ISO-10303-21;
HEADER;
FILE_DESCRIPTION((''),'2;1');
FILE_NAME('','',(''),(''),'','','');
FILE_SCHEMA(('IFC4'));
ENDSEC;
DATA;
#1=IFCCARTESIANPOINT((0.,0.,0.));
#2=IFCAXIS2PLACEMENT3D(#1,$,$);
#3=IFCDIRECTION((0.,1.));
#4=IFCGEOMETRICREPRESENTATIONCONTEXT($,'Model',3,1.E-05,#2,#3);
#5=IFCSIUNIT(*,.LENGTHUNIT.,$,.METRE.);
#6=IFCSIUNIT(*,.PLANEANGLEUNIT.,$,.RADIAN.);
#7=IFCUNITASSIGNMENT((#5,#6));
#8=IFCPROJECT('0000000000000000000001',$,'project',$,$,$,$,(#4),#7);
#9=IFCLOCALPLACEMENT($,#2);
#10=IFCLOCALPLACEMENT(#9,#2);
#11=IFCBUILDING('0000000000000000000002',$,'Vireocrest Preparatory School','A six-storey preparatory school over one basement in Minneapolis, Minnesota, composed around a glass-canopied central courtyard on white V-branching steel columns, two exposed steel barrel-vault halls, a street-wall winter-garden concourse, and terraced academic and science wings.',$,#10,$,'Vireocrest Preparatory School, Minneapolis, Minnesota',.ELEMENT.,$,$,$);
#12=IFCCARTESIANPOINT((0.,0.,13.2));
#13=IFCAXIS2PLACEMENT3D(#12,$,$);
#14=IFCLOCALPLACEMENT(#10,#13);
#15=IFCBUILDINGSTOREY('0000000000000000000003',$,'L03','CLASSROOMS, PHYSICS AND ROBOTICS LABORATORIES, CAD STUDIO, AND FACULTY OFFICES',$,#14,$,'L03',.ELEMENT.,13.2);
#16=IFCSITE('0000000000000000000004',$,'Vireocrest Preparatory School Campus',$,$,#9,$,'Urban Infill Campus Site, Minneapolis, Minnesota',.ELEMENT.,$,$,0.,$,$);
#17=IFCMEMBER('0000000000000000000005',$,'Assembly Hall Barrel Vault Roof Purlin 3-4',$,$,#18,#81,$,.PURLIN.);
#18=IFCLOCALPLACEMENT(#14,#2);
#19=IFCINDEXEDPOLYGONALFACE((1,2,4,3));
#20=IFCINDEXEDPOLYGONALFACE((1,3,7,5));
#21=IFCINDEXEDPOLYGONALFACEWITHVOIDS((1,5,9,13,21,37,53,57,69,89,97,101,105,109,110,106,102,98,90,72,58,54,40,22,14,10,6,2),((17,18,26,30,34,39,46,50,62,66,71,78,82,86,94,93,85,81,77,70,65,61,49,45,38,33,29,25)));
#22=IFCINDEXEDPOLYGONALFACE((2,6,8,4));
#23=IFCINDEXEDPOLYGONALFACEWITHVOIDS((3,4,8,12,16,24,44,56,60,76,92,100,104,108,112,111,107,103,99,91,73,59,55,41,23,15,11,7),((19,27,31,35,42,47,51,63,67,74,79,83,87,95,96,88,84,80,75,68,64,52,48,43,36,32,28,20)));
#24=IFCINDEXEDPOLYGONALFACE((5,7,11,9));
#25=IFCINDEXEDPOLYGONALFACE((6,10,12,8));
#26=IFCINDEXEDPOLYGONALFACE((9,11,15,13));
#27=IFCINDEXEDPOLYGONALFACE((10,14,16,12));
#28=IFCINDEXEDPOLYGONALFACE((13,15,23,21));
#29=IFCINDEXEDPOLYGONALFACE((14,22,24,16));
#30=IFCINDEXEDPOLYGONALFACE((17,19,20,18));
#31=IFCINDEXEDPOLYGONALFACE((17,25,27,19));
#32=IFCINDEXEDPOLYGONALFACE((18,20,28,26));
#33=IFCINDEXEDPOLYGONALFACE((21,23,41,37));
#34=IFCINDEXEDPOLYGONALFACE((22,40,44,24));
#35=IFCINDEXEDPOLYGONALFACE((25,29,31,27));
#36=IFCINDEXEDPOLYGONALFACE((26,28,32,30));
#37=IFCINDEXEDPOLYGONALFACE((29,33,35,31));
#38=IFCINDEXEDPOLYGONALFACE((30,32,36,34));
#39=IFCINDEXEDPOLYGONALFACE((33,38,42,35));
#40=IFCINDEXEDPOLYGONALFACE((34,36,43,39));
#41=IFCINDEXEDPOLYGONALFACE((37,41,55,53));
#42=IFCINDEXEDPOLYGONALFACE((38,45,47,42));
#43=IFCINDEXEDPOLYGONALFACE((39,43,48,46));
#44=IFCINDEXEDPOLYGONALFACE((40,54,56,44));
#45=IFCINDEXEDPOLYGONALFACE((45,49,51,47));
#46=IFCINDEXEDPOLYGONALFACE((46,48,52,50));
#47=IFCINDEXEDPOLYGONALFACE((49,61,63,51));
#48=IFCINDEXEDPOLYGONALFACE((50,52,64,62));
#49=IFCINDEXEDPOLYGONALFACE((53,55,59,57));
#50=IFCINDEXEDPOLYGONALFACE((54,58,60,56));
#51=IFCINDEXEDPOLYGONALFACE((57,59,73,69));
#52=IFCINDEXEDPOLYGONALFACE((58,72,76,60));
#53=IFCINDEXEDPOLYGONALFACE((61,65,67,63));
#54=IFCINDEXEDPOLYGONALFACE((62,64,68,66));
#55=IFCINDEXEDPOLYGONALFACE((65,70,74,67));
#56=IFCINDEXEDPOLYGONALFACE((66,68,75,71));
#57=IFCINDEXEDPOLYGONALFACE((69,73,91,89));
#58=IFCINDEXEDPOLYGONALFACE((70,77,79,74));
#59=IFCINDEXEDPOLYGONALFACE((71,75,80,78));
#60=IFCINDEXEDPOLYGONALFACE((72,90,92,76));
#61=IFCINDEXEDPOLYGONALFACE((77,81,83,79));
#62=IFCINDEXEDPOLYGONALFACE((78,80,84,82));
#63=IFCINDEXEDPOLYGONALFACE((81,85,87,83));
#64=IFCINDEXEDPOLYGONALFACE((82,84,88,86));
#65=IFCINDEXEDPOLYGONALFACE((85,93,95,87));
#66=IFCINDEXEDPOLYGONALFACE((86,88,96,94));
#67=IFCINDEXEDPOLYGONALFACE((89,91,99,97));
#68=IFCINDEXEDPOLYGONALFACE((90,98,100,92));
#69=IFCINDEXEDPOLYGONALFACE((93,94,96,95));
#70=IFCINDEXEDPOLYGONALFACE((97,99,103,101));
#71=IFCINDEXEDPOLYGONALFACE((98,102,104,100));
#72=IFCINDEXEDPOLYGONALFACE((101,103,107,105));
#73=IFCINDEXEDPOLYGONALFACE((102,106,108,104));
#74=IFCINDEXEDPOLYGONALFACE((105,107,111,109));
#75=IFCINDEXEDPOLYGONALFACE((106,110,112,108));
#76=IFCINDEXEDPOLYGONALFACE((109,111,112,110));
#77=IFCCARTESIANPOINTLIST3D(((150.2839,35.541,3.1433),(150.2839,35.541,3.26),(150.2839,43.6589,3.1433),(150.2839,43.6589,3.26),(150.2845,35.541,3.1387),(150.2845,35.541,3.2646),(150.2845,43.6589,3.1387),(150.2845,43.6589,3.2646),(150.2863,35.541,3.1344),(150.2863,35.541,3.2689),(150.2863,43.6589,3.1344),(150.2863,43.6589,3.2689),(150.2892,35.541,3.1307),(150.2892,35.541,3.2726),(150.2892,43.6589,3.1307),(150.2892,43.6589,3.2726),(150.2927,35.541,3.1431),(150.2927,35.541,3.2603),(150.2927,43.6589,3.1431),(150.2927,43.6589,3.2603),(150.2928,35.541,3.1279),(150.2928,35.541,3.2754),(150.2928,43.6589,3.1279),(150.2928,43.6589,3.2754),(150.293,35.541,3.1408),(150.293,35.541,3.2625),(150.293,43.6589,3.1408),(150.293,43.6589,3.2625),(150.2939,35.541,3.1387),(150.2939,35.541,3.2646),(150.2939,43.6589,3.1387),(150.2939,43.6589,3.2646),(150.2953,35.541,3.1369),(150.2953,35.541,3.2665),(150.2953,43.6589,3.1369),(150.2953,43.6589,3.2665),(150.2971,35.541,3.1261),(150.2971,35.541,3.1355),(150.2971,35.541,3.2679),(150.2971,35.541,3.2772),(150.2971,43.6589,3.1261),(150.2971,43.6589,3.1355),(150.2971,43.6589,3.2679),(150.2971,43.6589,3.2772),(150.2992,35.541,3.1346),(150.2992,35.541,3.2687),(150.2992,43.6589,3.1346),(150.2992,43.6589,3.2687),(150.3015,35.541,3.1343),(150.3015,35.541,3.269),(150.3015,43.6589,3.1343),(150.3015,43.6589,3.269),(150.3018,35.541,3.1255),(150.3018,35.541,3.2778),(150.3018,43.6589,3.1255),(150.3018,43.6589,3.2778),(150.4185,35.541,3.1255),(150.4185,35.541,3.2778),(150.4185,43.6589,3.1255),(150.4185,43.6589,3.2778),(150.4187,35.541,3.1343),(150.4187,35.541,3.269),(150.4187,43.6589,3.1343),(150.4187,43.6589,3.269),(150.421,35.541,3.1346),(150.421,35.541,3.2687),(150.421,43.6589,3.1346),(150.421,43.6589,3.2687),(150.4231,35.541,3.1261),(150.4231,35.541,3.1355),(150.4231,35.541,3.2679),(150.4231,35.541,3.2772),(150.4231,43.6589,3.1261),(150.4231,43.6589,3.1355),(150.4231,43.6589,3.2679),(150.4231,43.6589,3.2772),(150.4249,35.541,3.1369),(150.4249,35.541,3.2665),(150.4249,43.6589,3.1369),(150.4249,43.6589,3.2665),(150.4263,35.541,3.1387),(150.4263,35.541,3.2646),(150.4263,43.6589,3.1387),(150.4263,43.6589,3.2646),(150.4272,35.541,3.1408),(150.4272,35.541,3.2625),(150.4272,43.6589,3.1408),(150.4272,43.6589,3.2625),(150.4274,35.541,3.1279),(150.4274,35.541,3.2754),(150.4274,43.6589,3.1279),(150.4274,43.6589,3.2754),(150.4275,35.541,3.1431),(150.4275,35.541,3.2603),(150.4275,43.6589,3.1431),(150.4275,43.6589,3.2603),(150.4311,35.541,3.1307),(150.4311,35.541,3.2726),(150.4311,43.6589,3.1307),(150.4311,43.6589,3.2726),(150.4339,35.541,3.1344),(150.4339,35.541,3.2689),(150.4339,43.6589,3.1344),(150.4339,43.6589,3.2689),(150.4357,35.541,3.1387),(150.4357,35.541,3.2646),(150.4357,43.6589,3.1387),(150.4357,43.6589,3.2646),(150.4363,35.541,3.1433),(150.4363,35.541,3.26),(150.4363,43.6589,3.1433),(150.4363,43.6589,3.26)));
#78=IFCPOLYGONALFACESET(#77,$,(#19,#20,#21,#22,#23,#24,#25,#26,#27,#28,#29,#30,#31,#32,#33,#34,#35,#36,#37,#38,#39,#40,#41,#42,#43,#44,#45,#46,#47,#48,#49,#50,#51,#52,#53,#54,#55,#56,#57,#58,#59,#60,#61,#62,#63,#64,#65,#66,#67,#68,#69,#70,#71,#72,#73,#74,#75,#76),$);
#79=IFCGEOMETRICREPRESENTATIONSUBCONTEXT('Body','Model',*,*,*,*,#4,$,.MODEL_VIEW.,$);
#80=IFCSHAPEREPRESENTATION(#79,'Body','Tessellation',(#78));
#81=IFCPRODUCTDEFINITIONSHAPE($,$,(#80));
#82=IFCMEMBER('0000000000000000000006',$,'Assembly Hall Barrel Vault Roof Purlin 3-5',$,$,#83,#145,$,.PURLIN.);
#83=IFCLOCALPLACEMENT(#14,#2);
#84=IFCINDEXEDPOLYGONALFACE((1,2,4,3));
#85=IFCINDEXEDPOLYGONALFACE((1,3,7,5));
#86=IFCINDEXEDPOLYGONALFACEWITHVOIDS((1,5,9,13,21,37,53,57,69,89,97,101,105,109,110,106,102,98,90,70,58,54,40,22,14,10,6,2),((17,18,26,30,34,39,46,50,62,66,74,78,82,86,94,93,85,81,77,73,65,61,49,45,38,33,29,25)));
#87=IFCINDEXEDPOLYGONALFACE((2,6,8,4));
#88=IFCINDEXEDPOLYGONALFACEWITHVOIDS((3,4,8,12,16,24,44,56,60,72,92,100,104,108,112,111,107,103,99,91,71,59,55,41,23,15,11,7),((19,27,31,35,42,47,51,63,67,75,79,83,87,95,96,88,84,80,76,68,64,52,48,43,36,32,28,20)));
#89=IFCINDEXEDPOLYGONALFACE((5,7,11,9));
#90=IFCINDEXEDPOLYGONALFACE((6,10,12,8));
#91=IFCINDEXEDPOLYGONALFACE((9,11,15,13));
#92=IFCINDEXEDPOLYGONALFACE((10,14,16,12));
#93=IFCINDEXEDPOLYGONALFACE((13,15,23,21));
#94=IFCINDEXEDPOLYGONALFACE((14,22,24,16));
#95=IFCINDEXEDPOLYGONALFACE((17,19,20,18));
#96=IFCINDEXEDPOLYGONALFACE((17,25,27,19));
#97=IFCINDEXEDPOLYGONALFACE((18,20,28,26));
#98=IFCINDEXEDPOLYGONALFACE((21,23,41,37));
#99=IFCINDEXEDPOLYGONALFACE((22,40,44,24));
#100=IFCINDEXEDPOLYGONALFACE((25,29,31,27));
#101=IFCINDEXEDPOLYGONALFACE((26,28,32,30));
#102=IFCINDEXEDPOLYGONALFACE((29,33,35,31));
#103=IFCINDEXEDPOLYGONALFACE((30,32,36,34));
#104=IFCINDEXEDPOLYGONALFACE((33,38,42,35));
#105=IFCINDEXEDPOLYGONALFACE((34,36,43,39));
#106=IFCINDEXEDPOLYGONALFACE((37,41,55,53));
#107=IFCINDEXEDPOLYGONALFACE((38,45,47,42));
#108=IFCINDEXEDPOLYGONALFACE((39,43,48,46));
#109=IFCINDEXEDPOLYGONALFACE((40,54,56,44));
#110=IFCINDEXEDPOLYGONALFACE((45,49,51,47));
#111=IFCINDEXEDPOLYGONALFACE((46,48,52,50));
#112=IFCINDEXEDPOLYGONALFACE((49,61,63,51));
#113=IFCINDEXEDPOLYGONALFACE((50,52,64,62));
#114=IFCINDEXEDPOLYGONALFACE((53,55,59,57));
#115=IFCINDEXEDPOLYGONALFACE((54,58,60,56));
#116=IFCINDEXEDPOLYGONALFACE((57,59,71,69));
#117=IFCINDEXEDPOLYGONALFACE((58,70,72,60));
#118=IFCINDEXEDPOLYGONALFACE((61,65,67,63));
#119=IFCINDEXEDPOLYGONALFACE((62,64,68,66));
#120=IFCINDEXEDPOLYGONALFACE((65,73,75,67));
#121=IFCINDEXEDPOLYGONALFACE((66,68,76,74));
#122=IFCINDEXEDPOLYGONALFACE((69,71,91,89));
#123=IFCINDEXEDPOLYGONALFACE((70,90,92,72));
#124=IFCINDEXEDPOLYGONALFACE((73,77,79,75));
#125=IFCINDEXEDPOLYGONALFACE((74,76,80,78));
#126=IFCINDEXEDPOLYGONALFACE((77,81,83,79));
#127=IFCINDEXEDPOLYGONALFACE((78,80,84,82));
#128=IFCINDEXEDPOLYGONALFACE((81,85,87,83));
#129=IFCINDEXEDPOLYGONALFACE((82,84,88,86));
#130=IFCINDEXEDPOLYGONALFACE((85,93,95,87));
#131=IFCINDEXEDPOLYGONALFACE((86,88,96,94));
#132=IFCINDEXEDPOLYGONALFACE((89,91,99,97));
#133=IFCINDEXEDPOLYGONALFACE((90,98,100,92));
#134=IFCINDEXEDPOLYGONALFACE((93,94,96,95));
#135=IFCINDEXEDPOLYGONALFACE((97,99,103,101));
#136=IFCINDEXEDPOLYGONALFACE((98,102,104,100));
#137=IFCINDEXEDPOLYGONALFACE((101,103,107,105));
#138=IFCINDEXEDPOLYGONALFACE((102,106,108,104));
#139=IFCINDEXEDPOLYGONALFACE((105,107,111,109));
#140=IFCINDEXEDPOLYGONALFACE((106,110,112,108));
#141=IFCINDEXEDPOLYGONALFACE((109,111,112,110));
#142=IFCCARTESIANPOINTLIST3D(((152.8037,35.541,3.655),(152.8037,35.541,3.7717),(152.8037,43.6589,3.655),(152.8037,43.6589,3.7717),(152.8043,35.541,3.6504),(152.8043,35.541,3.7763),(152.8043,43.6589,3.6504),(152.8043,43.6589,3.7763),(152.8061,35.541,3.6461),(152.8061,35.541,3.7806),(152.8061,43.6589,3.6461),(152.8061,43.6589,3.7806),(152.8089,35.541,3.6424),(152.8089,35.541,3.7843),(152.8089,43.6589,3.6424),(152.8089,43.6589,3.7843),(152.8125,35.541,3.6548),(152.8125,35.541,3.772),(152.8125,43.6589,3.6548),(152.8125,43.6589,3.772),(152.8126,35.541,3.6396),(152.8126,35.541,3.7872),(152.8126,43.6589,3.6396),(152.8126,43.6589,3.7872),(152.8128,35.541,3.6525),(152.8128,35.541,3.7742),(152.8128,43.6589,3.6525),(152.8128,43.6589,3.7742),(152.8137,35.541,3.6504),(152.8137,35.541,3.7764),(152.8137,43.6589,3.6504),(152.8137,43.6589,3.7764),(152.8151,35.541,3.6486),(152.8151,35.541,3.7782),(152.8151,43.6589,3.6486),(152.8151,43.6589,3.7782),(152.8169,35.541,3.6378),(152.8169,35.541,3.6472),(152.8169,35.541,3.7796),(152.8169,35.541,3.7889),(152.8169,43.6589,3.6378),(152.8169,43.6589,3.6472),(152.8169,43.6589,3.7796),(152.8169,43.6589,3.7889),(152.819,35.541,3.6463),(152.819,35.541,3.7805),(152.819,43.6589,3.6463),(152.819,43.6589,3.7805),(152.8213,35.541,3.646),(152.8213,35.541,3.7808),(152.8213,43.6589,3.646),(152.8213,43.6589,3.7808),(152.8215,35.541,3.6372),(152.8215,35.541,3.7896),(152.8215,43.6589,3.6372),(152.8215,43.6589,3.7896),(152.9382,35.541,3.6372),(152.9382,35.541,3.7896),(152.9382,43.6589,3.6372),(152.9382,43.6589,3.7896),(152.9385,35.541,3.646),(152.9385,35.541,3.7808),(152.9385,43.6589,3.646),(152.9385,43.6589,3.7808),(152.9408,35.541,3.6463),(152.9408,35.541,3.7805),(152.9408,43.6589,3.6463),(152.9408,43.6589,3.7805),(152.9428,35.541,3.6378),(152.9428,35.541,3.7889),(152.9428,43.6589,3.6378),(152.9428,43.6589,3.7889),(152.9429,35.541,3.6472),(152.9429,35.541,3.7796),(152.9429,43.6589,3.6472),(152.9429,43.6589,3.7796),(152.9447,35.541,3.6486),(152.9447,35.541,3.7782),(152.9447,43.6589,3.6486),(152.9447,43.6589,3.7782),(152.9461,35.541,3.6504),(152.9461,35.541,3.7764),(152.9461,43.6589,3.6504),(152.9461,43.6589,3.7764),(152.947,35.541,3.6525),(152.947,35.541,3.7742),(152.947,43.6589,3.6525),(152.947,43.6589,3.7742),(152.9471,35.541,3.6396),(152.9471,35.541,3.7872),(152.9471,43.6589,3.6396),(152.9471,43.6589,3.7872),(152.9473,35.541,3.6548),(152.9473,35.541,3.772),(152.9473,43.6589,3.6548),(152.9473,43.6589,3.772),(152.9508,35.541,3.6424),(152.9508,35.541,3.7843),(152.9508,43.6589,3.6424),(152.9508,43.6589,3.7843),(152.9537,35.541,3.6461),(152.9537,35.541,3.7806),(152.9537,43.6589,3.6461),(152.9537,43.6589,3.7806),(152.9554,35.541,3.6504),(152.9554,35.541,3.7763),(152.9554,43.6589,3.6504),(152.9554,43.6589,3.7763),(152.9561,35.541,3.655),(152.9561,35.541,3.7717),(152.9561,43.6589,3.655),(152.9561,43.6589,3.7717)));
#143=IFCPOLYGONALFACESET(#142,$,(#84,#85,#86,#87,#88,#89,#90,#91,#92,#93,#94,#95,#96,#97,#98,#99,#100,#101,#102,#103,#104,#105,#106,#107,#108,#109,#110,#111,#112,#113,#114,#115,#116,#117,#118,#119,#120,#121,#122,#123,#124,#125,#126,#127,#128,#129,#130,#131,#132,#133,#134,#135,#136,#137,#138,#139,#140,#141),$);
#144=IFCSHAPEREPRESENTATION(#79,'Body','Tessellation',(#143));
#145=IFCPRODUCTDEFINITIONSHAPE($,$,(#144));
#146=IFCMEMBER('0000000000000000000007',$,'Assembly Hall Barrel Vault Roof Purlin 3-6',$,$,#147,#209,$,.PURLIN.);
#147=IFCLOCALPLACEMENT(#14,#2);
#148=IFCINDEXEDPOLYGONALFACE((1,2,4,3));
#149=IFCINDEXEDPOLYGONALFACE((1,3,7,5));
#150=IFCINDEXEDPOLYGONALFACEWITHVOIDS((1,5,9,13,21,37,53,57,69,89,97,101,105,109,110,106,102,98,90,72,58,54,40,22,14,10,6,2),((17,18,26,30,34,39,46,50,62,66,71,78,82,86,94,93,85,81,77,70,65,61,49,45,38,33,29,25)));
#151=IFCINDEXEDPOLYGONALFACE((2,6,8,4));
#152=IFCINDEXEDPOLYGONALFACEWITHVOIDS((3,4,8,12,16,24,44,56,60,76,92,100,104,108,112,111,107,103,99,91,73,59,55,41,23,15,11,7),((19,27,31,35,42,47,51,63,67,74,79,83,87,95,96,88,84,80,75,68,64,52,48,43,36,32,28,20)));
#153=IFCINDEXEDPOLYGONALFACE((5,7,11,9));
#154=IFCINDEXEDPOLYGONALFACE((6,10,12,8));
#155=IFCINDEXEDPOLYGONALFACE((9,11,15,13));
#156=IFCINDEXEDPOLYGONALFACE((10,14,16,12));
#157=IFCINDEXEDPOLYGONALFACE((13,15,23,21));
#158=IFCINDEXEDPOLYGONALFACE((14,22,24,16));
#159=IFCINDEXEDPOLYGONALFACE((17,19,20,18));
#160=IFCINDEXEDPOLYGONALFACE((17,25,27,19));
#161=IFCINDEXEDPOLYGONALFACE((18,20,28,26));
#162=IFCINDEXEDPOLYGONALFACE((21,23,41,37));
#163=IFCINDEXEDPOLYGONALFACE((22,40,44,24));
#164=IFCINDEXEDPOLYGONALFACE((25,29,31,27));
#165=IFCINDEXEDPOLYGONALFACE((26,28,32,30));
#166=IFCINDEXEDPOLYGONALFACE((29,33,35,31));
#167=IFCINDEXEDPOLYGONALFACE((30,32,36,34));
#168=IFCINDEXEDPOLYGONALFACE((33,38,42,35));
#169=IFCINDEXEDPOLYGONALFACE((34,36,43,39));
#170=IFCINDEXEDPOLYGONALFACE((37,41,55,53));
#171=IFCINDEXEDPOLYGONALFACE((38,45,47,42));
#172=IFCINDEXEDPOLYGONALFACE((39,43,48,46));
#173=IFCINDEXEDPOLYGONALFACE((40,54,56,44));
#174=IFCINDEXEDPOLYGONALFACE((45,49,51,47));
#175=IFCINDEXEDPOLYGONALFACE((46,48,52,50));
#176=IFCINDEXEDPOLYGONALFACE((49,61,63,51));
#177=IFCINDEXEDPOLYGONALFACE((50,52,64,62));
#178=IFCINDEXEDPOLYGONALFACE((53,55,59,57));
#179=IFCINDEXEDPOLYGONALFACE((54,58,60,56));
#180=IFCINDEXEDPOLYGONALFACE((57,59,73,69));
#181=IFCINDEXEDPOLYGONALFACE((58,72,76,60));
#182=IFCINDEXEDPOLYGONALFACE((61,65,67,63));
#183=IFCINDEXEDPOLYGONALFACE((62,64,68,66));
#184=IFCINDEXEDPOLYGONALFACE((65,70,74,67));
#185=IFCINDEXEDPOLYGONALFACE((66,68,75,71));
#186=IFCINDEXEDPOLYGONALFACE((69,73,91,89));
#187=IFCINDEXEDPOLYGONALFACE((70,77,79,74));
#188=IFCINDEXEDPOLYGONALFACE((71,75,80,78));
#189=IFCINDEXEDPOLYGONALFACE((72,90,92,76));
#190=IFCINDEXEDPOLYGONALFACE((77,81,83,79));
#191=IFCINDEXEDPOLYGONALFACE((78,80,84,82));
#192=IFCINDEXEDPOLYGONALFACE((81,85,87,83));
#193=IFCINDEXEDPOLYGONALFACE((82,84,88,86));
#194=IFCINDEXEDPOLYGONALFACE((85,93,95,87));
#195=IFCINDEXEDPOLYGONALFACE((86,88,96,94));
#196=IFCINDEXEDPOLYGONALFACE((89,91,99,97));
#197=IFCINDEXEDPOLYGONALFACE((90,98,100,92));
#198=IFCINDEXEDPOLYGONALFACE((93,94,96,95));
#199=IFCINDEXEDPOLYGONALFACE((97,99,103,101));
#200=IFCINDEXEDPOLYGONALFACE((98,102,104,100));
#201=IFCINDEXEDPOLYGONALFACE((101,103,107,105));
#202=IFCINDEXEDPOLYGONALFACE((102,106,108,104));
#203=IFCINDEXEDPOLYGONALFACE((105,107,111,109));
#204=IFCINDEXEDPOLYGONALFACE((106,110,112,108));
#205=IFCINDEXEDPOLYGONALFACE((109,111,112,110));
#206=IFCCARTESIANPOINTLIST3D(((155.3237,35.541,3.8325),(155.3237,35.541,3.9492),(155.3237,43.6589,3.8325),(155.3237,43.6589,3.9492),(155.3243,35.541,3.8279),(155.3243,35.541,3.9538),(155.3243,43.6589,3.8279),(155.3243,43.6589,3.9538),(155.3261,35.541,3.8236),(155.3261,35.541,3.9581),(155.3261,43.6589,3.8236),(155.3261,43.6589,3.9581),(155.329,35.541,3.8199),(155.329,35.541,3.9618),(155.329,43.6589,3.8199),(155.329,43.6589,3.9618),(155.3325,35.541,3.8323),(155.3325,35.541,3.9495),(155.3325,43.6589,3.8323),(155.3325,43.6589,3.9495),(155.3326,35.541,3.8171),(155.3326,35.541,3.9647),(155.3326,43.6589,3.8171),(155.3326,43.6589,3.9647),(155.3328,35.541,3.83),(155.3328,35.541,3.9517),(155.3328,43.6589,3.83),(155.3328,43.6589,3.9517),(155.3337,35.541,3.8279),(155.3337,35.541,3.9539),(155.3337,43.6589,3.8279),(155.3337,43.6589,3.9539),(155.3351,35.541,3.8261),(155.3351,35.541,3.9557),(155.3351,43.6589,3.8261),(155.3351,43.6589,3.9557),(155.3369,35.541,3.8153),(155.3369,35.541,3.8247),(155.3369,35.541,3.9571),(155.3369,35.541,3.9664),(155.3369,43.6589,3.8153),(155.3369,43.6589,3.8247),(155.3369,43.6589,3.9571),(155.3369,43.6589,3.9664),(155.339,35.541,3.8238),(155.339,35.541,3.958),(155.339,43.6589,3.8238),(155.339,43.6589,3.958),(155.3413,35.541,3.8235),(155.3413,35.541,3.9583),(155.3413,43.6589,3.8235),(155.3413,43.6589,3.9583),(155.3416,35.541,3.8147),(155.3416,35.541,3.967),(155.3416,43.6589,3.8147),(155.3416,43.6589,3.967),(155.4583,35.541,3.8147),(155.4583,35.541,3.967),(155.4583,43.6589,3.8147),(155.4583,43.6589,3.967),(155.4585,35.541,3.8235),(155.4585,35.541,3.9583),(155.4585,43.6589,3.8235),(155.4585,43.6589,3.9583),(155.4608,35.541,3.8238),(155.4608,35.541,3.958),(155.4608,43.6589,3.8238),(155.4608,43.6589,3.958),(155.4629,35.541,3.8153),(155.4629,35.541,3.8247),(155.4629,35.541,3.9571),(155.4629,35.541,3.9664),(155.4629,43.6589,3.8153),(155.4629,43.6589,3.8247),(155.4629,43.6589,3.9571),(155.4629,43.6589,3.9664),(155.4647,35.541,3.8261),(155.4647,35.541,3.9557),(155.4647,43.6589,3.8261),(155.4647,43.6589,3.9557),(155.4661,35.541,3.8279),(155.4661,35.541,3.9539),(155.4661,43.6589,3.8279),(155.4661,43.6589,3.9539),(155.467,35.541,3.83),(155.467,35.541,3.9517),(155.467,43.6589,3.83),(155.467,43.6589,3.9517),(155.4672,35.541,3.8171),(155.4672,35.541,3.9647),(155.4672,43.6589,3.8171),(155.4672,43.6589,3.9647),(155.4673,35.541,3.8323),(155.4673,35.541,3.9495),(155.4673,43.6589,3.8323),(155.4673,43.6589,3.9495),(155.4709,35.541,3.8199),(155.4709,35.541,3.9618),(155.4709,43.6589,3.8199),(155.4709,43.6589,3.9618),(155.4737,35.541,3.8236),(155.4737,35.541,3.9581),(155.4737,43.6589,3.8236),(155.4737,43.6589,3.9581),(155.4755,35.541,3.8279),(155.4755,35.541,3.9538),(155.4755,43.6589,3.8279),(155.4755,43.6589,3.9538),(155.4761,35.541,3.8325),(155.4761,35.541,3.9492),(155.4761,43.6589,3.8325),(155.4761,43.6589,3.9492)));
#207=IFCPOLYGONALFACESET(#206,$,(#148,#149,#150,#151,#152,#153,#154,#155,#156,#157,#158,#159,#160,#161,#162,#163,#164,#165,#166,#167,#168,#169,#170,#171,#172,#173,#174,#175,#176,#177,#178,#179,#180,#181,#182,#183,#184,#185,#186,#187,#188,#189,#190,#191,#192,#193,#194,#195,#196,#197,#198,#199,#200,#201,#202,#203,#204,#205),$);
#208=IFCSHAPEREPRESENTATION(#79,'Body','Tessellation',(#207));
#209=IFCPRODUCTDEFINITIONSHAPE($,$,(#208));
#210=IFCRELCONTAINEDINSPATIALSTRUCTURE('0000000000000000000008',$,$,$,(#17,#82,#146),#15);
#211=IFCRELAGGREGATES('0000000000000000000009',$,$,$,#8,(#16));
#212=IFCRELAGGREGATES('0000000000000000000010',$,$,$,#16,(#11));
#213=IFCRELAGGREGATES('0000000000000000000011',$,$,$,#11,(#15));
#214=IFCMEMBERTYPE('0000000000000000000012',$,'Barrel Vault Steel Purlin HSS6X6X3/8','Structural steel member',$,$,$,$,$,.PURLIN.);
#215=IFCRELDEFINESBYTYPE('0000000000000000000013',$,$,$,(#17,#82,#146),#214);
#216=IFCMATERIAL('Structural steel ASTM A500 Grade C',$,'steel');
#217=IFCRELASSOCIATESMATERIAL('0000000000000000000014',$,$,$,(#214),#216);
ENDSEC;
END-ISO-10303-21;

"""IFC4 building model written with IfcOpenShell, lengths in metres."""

from ifc_helpers import new_model, si_unit, direction, frame, origin, origin_2d, place, context, subcontext, project, spatial, hollow_rectangle, extrude, material, material_profile, profile_set, type_object, element, save


model = new_model("IFC4")

# Units and contexts
model_context = context("Model", 3, precision=1e-05, world=origin(), true_north=direction((0.0, 1.0)))
body_context = subcontext(model_context, "Body", "Model", "MODEL_VIEW")
ifc_project = project(units=[si_unit("LENGTHUNIT", "METRE"), si_unit("PLANEANGLEUNIT", "RADIAN")], contexts=[model_context])

# Site, building, storey
site_placement = place(None, origin())
site = spatial("IfcSite", under=ifc_project, at=site_placement, Name="Vireocrest Preparatory School Campus", LongName="Urban Infill Campus Site, Minneapolis, Minnesota", CompositionType="ELEMENT", RefElevation=0.0)
building_placement = place(site_placement, origin())
building = spatial("IfcBuilding", under=site, at=building_placement, Name="Vireocrest Preparatory School", Description="A six-storey preparatory school over one basement in Minneapolis, Minnesota, composed around a glass-canopied central courtyard on white V-branching steel columns, two exposed steel barrel-vault halls, a street-wall winter-garden concourse, and terraced academic and science wings.", LongName="Vireocrest Preparatory School, Minneapolis, Minnesota", CompositionType="ELEMENT")
storey_placement = place(building_placement, frame((0.0, 0.0, 13.2)))
storey = spatial("IfcBuildingStorey", under=building, at=storey_placement, Name="L03", Description="CLASSROOMS, PHYSICS AND ROBOTICS LABORATORIES, CAD STUDIO, AND FACULTY OFFICES", LongName="L03", CompositionType="ELEMENT", Elevation=13.2)

# Members
ifc_material_1 = material(Name="Structural steel ASTM A500 Grade C", Category="steel")
ifc_material_profile_1 = material_profile(ifc_material_1, hollow_rectangle(XDim=0.1523, YDim=0.1523, WallThickness=0.0088, InnerFilletRadius=0.0088, OuterFilletRadius=0.0178, at=origin_2d()), Name="HSS6X6X3/8")
ifc_profile_set_1 = profile_set([ifc_material_profile_1], Name="Structural steel ASTM A500 Grade C")
member_type = type_object("IfcMemberType", Name="Barrel Vault Steel Purlin HSS6X6X3/8", Description="Structural steel member", PredefinedType="PURLIN", material=ifc_profile_set_1)
for number, where, z_axis, x_axis, name in (
    (1, (150.3601, 35.541, 3.2017), (0.0, 1.0, 0.0), (-1.0, 0.0, 0.0), "Assembly Hall Barrel Vault Roof Purlin 3-4"),
    (2, (152.8799, 35.541, 3.7134), (0.0, 1.0, 0.0), (-1.0, 0.0, 0.0), "Assembly Hall Barrel Vault Roof Purlin 3-5"),
    (3, (155.3999, 35.541, 3.8909), (0.0, 1.0, 0.0), (-1.0, 0.0, 0.0), "Assembly Hall Barrel Vault Roof Purlin 3-6"),
):
    element("IfcMember", number, at=place(storey_placement, frame(where, z_axis=z_axis, x_axis=x_axis)), inside=storey, type_object=member_type, Name=name, PredefinedType="PURLIN", context=body_context, shape_type="SweptSolid", body=[
        extrude(hollow_rectangle(XDim=0.1523, YDim=0.1523, WallThickness=0.0088, InnerFilletRadius=0.0088, OuterFilletRadius=0.0178, at=origin_2d()), origin(), (0.0, 0.0, 1.0), 8.1179),
    ])

save(model, "model.ifc")
